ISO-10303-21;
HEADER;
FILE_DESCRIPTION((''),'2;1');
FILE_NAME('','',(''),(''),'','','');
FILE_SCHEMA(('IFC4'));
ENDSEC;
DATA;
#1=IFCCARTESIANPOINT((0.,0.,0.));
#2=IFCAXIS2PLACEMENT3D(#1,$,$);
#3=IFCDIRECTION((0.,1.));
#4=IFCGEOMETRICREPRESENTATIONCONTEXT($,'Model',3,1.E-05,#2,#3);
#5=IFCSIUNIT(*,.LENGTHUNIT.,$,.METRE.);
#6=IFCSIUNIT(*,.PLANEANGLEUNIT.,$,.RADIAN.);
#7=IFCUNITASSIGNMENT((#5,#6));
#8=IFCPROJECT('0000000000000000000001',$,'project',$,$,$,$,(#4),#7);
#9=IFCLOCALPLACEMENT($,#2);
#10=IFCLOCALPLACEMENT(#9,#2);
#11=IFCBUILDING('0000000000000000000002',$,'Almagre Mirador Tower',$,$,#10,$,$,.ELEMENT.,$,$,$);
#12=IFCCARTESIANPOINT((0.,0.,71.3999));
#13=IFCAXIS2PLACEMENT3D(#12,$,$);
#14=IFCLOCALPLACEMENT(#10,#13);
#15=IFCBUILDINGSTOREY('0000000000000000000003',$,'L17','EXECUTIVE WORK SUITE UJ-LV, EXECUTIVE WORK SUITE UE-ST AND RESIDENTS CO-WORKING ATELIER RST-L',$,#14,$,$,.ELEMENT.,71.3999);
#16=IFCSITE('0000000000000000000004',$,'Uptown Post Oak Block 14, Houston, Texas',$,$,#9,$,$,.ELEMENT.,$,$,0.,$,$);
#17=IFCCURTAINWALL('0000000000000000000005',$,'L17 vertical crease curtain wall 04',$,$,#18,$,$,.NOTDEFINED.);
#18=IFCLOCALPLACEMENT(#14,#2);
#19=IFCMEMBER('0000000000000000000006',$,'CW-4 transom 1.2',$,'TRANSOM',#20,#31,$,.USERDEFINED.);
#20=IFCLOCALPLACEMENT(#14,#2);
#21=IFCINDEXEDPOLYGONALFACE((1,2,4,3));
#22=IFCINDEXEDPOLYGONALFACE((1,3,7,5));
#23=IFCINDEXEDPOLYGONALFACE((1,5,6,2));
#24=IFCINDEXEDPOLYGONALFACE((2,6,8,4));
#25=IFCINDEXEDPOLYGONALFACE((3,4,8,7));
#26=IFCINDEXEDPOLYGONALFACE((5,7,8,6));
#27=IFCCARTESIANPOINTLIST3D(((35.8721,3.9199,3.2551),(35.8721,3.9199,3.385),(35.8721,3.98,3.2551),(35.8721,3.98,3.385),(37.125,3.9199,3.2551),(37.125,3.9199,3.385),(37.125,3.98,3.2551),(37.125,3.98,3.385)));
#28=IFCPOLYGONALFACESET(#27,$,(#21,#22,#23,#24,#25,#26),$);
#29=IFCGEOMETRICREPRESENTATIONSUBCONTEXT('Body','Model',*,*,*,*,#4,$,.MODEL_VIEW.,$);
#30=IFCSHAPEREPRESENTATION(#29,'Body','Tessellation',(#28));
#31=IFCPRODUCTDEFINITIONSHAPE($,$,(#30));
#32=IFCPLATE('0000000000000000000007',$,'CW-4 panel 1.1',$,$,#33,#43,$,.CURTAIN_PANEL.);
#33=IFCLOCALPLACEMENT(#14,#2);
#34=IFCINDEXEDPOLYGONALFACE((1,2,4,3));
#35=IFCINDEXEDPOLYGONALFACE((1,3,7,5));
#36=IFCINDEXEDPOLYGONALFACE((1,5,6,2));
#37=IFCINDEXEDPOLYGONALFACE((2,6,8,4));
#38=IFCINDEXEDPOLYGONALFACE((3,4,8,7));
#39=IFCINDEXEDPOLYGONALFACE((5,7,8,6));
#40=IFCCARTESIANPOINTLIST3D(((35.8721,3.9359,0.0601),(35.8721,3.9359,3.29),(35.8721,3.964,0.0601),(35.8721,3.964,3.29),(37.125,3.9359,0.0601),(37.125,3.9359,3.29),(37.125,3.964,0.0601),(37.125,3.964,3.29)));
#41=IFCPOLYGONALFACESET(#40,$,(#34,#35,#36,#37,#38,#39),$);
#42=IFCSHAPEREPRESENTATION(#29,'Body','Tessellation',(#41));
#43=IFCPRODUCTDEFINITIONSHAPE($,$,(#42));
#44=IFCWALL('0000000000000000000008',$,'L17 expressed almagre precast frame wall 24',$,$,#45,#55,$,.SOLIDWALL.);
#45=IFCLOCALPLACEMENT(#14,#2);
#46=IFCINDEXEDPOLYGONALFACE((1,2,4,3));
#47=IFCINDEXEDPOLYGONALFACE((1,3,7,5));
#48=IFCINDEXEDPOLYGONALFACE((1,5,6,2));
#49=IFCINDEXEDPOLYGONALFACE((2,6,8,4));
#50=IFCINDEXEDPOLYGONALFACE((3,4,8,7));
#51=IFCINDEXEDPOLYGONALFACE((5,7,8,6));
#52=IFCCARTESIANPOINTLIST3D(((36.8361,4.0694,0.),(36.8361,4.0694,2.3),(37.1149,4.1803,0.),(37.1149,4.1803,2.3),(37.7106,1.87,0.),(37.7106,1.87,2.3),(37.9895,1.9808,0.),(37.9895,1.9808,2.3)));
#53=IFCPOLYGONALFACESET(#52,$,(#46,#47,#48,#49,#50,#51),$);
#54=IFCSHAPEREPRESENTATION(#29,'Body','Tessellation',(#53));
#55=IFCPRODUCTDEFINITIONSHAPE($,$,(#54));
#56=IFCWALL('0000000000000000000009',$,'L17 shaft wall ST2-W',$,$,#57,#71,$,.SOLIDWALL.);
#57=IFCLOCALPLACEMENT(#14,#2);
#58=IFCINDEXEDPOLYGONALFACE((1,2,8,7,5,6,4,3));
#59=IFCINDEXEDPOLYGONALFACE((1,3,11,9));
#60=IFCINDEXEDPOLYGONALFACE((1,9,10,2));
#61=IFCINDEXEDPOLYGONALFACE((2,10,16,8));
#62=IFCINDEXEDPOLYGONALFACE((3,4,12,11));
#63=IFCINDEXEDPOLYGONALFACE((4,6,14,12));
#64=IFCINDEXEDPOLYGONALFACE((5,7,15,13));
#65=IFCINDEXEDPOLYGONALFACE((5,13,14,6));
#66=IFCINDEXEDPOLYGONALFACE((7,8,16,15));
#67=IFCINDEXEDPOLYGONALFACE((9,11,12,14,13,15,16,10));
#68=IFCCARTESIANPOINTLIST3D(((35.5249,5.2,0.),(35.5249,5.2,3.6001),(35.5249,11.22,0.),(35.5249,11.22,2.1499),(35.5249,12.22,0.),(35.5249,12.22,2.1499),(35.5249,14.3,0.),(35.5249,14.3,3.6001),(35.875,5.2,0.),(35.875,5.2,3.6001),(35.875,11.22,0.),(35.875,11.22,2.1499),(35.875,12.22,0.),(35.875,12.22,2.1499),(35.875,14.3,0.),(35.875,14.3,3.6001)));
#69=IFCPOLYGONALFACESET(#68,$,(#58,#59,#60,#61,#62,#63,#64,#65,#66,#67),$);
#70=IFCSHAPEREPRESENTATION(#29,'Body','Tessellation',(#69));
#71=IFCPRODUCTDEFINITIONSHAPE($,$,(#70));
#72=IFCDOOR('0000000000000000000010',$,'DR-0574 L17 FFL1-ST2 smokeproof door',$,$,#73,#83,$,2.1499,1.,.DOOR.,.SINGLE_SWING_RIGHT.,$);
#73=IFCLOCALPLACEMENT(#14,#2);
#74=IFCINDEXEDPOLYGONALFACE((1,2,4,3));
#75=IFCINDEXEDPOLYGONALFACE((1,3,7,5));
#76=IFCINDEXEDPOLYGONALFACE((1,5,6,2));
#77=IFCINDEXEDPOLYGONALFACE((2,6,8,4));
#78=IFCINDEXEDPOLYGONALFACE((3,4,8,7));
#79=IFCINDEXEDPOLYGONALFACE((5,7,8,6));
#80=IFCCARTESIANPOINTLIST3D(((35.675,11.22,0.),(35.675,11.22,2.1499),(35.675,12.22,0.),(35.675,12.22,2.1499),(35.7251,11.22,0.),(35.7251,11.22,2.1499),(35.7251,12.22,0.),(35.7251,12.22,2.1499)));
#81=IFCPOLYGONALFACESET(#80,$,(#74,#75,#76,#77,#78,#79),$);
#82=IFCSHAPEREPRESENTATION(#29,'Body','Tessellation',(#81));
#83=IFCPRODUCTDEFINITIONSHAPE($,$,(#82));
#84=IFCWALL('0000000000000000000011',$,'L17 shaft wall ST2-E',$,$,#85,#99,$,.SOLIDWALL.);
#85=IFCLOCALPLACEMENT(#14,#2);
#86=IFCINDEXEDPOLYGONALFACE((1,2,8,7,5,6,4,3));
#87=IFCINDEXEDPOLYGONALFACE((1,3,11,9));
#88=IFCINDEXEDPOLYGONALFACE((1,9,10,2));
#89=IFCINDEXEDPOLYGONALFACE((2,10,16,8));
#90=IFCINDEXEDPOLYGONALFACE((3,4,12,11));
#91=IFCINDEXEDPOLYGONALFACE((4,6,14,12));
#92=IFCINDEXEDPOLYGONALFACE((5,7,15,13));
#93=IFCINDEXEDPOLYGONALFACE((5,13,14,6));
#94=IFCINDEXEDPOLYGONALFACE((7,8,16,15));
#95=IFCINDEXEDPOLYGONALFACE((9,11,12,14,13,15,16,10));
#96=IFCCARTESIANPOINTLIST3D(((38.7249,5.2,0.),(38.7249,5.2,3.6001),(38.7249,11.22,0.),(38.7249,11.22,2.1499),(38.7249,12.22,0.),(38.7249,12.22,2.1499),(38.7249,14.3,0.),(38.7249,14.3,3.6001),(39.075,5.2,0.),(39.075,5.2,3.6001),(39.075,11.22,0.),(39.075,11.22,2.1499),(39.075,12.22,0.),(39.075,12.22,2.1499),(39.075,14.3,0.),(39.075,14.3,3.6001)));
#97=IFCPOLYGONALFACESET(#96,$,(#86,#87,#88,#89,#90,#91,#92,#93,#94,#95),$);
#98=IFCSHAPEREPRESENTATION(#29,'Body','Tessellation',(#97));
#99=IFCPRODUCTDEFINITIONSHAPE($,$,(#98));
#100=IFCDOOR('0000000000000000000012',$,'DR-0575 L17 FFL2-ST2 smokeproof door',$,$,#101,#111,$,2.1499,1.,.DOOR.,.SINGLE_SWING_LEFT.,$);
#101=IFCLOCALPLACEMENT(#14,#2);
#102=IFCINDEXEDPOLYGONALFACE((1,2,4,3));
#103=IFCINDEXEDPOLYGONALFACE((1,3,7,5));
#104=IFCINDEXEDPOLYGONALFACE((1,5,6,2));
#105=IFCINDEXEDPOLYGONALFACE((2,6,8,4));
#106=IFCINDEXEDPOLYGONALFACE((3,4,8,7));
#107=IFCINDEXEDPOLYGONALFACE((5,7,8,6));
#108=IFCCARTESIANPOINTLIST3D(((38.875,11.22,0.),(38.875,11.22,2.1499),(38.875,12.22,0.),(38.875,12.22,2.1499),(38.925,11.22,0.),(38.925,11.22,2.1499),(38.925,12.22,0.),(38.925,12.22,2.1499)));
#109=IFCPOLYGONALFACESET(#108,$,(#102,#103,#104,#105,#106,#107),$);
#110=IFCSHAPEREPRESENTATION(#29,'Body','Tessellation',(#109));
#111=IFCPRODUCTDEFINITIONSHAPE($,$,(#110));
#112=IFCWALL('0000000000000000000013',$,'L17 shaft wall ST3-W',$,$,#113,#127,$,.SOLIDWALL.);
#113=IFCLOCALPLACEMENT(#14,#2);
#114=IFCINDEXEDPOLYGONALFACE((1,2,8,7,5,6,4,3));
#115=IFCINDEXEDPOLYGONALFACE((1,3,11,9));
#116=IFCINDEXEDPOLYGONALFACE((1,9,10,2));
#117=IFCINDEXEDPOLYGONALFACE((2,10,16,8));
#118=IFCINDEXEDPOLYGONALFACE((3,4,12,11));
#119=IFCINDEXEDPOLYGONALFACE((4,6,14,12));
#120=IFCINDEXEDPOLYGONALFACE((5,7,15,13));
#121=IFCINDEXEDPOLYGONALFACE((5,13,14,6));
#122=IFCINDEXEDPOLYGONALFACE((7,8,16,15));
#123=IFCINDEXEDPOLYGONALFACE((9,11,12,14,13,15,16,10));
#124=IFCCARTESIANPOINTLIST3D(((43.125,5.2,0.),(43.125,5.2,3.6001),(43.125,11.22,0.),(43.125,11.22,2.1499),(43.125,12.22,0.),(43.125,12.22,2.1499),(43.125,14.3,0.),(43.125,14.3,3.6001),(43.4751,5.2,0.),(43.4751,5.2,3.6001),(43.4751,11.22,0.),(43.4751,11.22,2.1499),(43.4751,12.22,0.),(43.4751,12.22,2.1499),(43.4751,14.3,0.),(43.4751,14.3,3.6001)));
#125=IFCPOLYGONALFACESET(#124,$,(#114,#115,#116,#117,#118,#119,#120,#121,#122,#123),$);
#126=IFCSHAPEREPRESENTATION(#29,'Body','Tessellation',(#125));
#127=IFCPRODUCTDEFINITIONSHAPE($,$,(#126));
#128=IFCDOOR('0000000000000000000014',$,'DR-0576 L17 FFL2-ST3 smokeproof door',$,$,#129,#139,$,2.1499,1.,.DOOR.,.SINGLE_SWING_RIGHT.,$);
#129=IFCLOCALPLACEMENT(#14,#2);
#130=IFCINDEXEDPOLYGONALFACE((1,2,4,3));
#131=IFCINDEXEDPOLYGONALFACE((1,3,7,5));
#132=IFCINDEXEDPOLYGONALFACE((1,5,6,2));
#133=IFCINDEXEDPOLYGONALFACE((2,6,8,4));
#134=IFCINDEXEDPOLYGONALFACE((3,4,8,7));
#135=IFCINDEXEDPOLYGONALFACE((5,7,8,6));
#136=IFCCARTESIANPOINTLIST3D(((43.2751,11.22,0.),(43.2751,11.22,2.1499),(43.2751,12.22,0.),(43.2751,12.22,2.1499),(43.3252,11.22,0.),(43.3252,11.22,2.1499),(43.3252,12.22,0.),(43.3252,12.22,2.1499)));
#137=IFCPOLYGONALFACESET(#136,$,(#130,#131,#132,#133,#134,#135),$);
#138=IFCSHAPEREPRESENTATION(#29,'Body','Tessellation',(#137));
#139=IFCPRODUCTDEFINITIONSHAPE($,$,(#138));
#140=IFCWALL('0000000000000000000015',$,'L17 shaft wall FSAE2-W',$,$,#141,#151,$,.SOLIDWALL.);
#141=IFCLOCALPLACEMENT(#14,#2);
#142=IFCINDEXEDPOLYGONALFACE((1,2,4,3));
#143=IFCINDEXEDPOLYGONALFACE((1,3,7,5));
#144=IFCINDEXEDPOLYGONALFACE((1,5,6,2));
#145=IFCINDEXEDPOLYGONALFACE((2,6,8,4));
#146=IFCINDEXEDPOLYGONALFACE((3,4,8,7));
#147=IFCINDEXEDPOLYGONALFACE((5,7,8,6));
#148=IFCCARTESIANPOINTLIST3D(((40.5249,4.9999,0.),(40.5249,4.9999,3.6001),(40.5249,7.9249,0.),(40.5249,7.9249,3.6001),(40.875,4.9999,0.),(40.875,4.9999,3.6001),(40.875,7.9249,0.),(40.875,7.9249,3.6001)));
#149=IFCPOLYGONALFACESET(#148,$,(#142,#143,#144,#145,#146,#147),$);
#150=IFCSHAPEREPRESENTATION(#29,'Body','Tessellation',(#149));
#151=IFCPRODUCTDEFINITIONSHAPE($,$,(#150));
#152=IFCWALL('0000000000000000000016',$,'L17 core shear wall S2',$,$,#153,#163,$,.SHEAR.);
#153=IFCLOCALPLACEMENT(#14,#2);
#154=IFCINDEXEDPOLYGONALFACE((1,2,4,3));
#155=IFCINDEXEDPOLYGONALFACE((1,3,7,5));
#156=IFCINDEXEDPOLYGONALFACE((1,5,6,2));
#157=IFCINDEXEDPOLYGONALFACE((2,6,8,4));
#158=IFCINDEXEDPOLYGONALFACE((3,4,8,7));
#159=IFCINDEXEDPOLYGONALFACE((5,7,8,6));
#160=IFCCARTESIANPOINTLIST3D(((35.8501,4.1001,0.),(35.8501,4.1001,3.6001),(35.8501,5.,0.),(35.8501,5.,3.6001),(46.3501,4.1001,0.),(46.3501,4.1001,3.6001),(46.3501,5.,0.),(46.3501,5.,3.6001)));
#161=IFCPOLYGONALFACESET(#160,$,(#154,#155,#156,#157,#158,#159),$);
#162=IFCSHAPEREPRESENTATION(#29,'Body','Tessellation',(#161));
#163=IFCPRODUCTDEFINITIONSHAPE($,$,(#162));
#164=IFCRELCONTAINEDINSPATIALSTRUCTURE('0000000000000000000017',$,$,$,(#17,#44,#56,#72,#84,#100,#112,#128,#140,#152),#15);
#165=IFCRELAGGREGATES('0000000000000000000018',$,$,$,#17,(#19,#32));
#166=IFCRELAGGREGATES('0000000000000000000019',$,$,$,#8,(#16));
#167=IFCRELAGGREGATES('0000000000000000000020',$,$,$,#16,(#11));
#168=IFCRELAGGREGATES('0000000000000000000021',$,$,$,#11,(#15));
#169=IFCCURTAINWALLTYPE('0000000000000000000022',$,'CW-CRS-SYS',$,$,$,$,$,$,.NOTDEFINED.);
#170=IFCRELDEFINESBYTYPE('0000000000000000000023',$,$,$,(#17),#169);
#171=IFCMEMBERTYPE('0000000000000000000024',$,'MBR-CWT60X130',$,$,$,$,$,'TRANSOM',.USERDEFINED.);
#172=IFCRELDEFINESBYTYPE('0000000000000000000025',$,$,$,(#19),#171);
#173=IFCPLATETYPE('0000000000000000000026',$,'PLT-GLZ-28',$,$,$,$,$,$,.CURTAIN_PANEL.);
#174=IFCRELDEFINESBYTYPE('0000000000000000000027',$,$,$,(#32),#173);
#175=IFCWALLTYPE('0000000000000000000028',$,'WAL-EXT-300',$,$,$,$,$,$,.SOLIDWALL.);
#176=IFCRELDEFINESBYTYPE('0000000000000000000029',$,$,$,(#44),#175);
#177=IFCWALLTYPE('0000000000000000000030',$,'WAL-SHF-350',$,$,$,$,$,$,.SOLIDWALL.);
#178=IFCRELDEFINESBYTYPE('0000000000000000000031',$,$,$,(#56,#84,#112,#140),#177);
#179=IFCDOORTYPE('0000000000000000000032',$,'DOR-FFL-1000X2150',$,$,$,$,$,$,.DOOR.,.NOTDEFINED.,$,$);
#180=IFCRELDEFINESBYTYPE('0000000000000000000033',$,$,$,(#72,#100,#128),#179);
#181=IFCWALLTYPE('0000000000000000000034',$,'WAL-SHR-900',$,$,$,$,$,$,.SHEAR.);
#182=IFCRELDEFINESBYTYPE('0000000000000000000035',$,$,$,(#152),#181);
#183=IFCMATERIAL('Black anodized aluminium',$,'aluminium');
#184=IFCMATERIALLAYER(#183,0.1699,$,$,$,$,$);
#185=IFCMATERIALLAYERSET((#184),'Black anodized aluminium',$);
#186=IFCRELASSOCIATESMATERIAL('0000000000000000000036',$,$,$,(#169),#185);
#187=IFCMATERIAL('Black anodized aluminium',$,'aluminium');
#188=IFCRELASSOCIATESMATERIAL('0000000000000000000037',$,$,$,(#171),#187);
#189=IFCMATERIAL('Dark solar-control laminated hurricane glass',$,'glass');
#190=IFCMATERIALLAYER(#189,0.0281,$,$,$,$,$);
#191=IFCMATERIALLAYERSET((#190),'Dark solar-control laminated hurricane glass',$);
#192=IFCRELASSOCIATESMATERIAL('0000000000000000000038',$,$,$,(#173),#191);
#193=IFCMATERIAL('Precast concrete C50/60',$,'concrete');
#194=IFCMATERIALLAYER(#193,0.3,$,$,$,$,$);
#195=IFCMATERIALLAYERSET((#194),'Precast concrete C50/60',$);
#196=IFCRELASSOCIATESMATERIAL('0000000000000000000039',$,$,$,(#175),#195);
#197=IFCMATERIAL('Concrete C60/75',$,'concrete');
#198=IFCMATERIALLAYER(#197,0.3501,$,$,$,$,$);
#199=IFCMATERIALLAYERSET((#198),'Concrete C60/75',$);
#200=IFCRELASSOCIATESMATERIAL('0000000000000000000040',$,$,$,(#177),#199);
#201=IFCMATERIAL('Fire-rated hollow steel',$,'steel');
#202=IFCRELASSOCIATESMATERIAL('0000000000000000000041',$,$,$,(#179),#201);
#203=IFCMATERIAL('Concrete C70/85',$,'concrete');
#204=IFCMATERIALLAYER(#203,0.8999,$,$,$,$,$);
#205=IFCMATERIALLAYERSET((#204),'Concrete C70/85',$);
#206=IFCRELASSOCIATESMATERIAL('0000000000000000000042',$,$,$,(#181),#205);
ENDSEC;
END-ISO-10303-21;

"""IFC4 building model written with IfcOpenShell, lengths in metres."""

from ifc_helpers import new_model, si_unit, direction, frame, frame_2d, origin, origin_2d, place, context, subcontext, project, spatial, rectangle, extrude, material, layer, layer_set, material_profile, profile_set, type_object, element, fill, aggregate, save


model = new_model("IFC4")

# Units and contexts
model_context = context("Model", 3, precision=1e-05, world=origin(), true_north=direction((0.0, 1.0)))
body_context = subcontext(model_context, "Body", "Model", "MODEL_VIEW")
ifc_project = project(units=[si_unit("LENGTHUNIT", "METRE"), si_unit("PLANEANGLEUNIT", "RADIAN")], contexts=[model_context])

# Site, building, storey
site_placement = place(None, origin())
site = spatial("IfcSite", under=ifc_project, at=site_placement, Name="Uptown Post Oak Block 14, Houston, Texas", CompositionType="ELEMENT", RefElevation=0.0)
building_placement = place(site_placement, origin())
building = spatial("IfcBuilding", under=site, at=building_placement, Name="Almagre Mirador Tower", CompositionType="ELEMENT")
storey_placement = place(building_placement, frame((0.0, 0.0, 71.3999)))
storey = spatial("IfcBuildingStorey", under=building, at=storey_placement, Name="L17", Description="EXECUTIVE WORK SUITE UJ-LV, EXECUTIVE WORK SUITE UE-ST AND RESIDENTS CO-WORKING ATELIER RST-L", CompositionType="ELEMENT", Elevation=71.3999)

# Curtain wall, member, plate
ifc_material_1 = material(Name="Black anodized aluminium", Category="aluminium")
ifc_layer_1 = layer(ifc_material_1, 0.1699)
ifc_layer_set_1 = layer_set([ifc_layer_1], Name="Black anodized aluminium")
curtain_wall_type = type_object("IfcCurtainWallType", Name="CW-CRS-SYS", PredefinedType="NOTDEFINED", material=ifc_layer_set_1)
curtain_wall_placement = place(storey_placement, origin())
curtain_wall = element("IfcCurtainWall", 1, at=curtain_wall_placement, inside=storey, type_object=curtain_wall_type, Name="L17 vertical crease curtain wall 04", PredefinedType="NOTDEFINED")
ifc_material_2 = material(Name="Black anodized aluminium", Category="aluminium")
ifc_material_profile_1 = material_profile(ifc_material_2, rectangle(XDim=0.0601, YDim=0.1299, at=origin_2d()), Name="CWT60X130")
ifc_profile_set_1 = profile_set([ifc_material_profile_1], Name="Black anodized aluminium")
member_type_1 = type_object("IfcMemberType", Name="MBR-CWT60X130", ElementType="TRANSOM", PredefinedType="USERDEFINED", material=ifc_profile_set_1)
member_1_placement = place(storey_placement, frame((37.125, 3.95, 3.3201), z_axis=(-1.0, 0.0, 0.0), x_axis=(0.0, -1.0, 0.0)))
member_1 = element("IfcMember", 2, at=member_1_placement, type_object=member_type_1, Name="CW-4 transom 1.2", ObjectType="TRANSOM", PredefinedType="USERDEFINED", context=body_context, shape_type="SweptSolid", body=[
    extrude(rectangle(XDim=0.0601, YDim=0.1299, at=origin_2d()), origin(), (0.0, 0.0, 1.0), 1.2529),
])
ifc_material_3 = material(Name="Dark solar-control laminated hurricane glass", Category="glass")
ifc_layer_2 = layer(ifc_material_3, 0.0281)
ifc_layer_set_2 = layer_set([ifc_layer_2], Name="Dark solar-control laminated hurricane glass")
plate_type = type_object("IfcPlateType", Name="PLT-GLZ-28", PredefinedType="CURTAIN_PANEL", material=ifc_layer_set_2)
plate_placement = place(storey_placement, frame((36.4985, 3.95, 0.0601), z_axis=(0.0, 0.0, 1.0), x_axis=(-1.0, 0.0, 0.0)))
plate = element("IfcPlate", 3, at=plate_placement, type_object=plate_type, Name="CW-4 panel 1.1", PredefinedType="CURTAIN_PANEL", context=body_context, shape_type="SweptSolid", body=[
    extrude(rectangle(XDim=1.2529, YDim=0.0281, at=origin_2d()), origin(), (0.0, 0.0, 1.0), 3.23),
])
aggregate(curtain_wall, [member_1, plate])

# Wall
ifc_material_4 = material(Name="Precast concrete C50/60", Category="concrete")
ifc_layer_3 = layer(ifc_material_4, 0.3)
ifc_layer_set_3 = layer_set([ifc_layer_3], Name="Precast concrete C50/60")
wall_type_1 = type_object("IfcWallType", Name="WAL-EXT-300", PredefinedType="SOLIDWALL", material=ifc_layer_set_3)
wall_1_placement = place(storey_placement, frame((37.8501, 1.9253, 0.0), z_axis=(0.0, 0.0, 1.0), x_axis=(-0.369469, 0.929243, 0.0)))
element("IfcWall", 4, at=wall_1_placement, inside=storey, type_object=wall_type_1, Name="L17 expressed almagre precast frame wall 24", PredefinedType="SOLIDWALL", context=body_context, shape_type="SweptSolid", body=[
    extrude(rectangle(XDim=2.3669, YDim=0.3, at=frame_2d((1.1836, 0.0))), origin(), (0.0, 0.0, 1.0), 2.3),
])

# Walls, openings, doors
ifc_material_5 = material(Name="Concrete C60/75", Category="concrete")
ifc_layer_4 = layer(ifc_material_5, 0.3501)
ifc_layer_set_4 = layer_set([ifc_layer_4], Name="Concrete C60/75")
wall_type_2 = type_object("IfcWallType", Name="WAL-SHF-350", PredefinedType="SOLIDWALL", material=ifc_layer_set_4)
wall_2_placement = place(storey_placement, frame((35.7, 5.2, 0.0), z_axis=(0.0, 0.0, 1.0), x_axis=(0.0, 1.0, 0.0)))
wall_2 = element("IfcWall", 5, at=wall_2_placement, inside=storey, type_object=wall_type_2, Name="L17 shaft wall ST2-W", PredefinedType="SOLIDWALL", context=body_context, shape_type="SweptSolid", body=[
    extrude(rectangle(XDim=9.1001, YDim=0.3501, at=frame_2d((4.55, 0.0))), origin(), (0.0, 0.0, 1.0), 3.6001),
])
opening_1_placement = place(wall_2_placement, frame((6.02, 0.0, 0.0)))
opening_1 = element("IfcOpeningElement", 6, at=opening_1_placement, cuts=wall_2, PredefinedType="OPENING", context=body_context, shape_type="SweptSolid", body=[
    extrude(rectangle(XDim=1.0, YDim=2.1499, at=frame_2d((0.5, 1.075))), frame((0.0, 0.185, 0.0), z_axis=(0.0, -1.0, 0.0), x_axis=(1.0, 0.0, 0.0)), (0.0, 0.0, 1.0), 0.3701),
])
ifc_material_6 = material(Name="Fire-rated hollow steel", Category="steel")
door_type = type_object("IfcDoorType", Name="DOR-FFL-1000X2150", OperationType="NOTDEFINED", PredefinedType="DOOR", material=ifc_material_6)
door_1_placement = place(opening_1_placement, origin())
door_1 = element("IfcDoor", 7, at=door_1_placement, inside=storey, type_object=door_type, Name="DR-0574 L17 FFL1-ST2 smokeproof door", OperationType="SINGLE_SWING_RIGHT", OverallHeight=2.1499, OverallWidth=1.0, PredefinedType="DOOR", context=body_context, shape_type="SweptSolid", body=[
    extrude(rectangle(XDim=1.0, YDim=2.1499, at=frame_2d((0.5, 1.075))), frame((0.0, 0.0249, 0.0), z_axis=(0.0, -1.0, 0.0), x_axis=(1.0, 0.0, 0.0)), (0.0, 0.0, 1.0), 0.05),
])
fill(opening_1, door_1)
wall_3_placement = place(storey_placement, frame((38.8999, 5.2, 0.0), z_axis=(0.0, 0.0, 1.0), x_axis=(0.0, 1.0, 0.0)))
wall_3 = element("IfcWall", 8, at=wall_3_placement, inside=storey, type_object=wall_type_2, Name="L17 shaft wall ST2-E", PredefinedType="SOLIDWALL", context=body_context, shape_type="SweptSolid", body=[
    extrude(rectangle(XDim=9.1001, YDim=0.3501, at=frame_2d((4.55, 0.0))), origin(), (0.0, 0.0, 1.0), 3.6001),
])
opening_2_placement = place(wall_3_placement, frame((6.02, 0.0, 0.0)))
opening_2 = element("IfcOpeningElement", 9, at=opening_2_placement, cuts=wall_3, PredefinedType="OPENING", context=body_context, shape_type="SweptSolid", body=[
    extrude(rectangle(XDim=1.0, YDim=2.1499, at=frame_2d((0.5, 1.075))), frame((0.0, 0.185, 0.0), z_axis=(0.0, -1.0, 0.0), x_axis=(1.0, 0.0, 0.0)), (0.0, 0.0, 1.0), 0.3701),
])
door_2_placement = place(opening_2_placement, origin())
door_2 = element("IfcDoor", 10, at=door_2_placement, inside=storey, type_object=door_type, Name="DR-0575 L17 FFL2-ST2 smokeproof door", OperationType="SINGLE_SWING_LEFT", OverallHeight=2.1499, OverallWidth=1.0, PredefinedType="DOOR", context=body_context, shape_type="SweptSolid", body=[
    extrude(rectangle(XDim=1.0, YDim=2.1499, at=frame_2d((0.5, 1.075))), frame((0.0, 0.0249, 0.0), z_axis=(0.0, -1.0, 0.0), x_axis=(1.0, 0.0, 0.0)), (0.0, 0.0, 1.0), 0.05),
])
fill(opening_2, door_2)
wall_4_placement = place(storey_placement, frame((43.3, 5.2, 0.0), z_axis=(0.0, 0.0, 1.0), x_axis=(0.0, 1.0, 0.0)))
wall_4 = element("IfcWall", 11, at=wall_4_placement, inside=storey, type_object=wall_type_2, Name="L17 shaft wall ST3-W", PredefinedType="SOLIDWALL", context=body_context, shape_type="SweptSolid", body=[
    extrude(rectangle(XDim=9.1001, YDim=0.3501, at=frame_2d((4.55, 0.0))), origin(), (0.0, 0.0, 1.0), 3.6001),
])
opening_3_placement = place(wall_4_placement, frame((6.02, 0.0, 0.0)))
opening_3 = element("IfcOpeningElement", 12, at=opening_3_placement, cuts=wall_4, PredefinedType="OPENING", context=body_context, shape_type="SweptSolid", body=[
    extrude(rectangle(XDim=1.0, YDim=2.1499, at=frame_2d((0.5, 1.075))), frame((0.0, 0.185, 0.0), z_axis=(0.0, -1.0, 0.0), x_axis=(1.0, 0.0, 0.0)), (0.0, 0.0, 1.0), 0.3701),
])
door_3_placement = place(opening_3_placement, origin())
door_3 = element("IfcDoor", 13, at=door_3_placement, inside=storey, type_object=door_type, Name="DR-0576 L17 FFL2-ST3 smokeproof door", OperationType="SINGLE_SWING_RIGHT", OverallHeight=2.1499, OverallWidth=1.0, PredefinedType="DOOR", context=body_context, shape_type="SweptSolid", body=[
    extrude(rectangle(XDim=1.0, YDim=2.1499, at=frame_2d((0.5, 1.075))), frame((0.0, 0.0249, 0.0), z_axis=(0.0, -1.0, 0.0), x_axis=(1.0, 0.0, 0.0)), (0.0, 0.0, 1.0), 0.05),
])
fill(opening_3, door_3)

# Walls
wall_5_placement = place(storey_placement, frame((40.7, 5.0, 0.0), z_axis=(0.0, 0.0, 1.0), x_axis=(0.0, 1.0, 0.0)))
element("IfcWall", 14, at=wall_5_placement, inside=storey, type_object=wall_type_2, Name="L17 shaft wall FSAE2-W", PredefinedType="SOLIDWALL", context=body_context, shape_type="SweptSolid", body=[
    extrude(rectangle(XDim=2.925, YDim=0.3501, at=frame_2d((1.4624, 0.0))), origin(), (0.0, 0.0, 1.0), 3.6001),
])
ifc_material_7 = material(Name="Concrete C70/85", Category="concrete")
ifc_layer_5 = layer(ifc_material_7, 0.8999)
ifc_layer_set_5 = layer_set([ifc_layer_5], Name="Concrete C70/85")
wall_type_3 = type_object("IfcWallType", Name="WAL-SHR-900", PredefinedType="SHEAR", material=ifc_layer_set_5)
wall_6_placement = place(storey_placement, frame((35.8501, 4.55, 0.0), z_axis=(0.0, 0.0, 1.0), x_axis=(1.0, 0.0, 0.0)))
element("IfcWall", 15, at=wall_6_placement, inside=storey, type_object=wall_type_3, Name="L17 core shear wall S2", PredefinedType="SHEAR", context=body_context, shape_type="SweptSolid", body=[
    extrude(rectangle(XDim=10.5, YDim=0.8999, at=frame_2d((5.25, 0.0))), origin(), (0.0, 0.0, 1.0), 3.6001),
])

save(model, "model.ifc")
